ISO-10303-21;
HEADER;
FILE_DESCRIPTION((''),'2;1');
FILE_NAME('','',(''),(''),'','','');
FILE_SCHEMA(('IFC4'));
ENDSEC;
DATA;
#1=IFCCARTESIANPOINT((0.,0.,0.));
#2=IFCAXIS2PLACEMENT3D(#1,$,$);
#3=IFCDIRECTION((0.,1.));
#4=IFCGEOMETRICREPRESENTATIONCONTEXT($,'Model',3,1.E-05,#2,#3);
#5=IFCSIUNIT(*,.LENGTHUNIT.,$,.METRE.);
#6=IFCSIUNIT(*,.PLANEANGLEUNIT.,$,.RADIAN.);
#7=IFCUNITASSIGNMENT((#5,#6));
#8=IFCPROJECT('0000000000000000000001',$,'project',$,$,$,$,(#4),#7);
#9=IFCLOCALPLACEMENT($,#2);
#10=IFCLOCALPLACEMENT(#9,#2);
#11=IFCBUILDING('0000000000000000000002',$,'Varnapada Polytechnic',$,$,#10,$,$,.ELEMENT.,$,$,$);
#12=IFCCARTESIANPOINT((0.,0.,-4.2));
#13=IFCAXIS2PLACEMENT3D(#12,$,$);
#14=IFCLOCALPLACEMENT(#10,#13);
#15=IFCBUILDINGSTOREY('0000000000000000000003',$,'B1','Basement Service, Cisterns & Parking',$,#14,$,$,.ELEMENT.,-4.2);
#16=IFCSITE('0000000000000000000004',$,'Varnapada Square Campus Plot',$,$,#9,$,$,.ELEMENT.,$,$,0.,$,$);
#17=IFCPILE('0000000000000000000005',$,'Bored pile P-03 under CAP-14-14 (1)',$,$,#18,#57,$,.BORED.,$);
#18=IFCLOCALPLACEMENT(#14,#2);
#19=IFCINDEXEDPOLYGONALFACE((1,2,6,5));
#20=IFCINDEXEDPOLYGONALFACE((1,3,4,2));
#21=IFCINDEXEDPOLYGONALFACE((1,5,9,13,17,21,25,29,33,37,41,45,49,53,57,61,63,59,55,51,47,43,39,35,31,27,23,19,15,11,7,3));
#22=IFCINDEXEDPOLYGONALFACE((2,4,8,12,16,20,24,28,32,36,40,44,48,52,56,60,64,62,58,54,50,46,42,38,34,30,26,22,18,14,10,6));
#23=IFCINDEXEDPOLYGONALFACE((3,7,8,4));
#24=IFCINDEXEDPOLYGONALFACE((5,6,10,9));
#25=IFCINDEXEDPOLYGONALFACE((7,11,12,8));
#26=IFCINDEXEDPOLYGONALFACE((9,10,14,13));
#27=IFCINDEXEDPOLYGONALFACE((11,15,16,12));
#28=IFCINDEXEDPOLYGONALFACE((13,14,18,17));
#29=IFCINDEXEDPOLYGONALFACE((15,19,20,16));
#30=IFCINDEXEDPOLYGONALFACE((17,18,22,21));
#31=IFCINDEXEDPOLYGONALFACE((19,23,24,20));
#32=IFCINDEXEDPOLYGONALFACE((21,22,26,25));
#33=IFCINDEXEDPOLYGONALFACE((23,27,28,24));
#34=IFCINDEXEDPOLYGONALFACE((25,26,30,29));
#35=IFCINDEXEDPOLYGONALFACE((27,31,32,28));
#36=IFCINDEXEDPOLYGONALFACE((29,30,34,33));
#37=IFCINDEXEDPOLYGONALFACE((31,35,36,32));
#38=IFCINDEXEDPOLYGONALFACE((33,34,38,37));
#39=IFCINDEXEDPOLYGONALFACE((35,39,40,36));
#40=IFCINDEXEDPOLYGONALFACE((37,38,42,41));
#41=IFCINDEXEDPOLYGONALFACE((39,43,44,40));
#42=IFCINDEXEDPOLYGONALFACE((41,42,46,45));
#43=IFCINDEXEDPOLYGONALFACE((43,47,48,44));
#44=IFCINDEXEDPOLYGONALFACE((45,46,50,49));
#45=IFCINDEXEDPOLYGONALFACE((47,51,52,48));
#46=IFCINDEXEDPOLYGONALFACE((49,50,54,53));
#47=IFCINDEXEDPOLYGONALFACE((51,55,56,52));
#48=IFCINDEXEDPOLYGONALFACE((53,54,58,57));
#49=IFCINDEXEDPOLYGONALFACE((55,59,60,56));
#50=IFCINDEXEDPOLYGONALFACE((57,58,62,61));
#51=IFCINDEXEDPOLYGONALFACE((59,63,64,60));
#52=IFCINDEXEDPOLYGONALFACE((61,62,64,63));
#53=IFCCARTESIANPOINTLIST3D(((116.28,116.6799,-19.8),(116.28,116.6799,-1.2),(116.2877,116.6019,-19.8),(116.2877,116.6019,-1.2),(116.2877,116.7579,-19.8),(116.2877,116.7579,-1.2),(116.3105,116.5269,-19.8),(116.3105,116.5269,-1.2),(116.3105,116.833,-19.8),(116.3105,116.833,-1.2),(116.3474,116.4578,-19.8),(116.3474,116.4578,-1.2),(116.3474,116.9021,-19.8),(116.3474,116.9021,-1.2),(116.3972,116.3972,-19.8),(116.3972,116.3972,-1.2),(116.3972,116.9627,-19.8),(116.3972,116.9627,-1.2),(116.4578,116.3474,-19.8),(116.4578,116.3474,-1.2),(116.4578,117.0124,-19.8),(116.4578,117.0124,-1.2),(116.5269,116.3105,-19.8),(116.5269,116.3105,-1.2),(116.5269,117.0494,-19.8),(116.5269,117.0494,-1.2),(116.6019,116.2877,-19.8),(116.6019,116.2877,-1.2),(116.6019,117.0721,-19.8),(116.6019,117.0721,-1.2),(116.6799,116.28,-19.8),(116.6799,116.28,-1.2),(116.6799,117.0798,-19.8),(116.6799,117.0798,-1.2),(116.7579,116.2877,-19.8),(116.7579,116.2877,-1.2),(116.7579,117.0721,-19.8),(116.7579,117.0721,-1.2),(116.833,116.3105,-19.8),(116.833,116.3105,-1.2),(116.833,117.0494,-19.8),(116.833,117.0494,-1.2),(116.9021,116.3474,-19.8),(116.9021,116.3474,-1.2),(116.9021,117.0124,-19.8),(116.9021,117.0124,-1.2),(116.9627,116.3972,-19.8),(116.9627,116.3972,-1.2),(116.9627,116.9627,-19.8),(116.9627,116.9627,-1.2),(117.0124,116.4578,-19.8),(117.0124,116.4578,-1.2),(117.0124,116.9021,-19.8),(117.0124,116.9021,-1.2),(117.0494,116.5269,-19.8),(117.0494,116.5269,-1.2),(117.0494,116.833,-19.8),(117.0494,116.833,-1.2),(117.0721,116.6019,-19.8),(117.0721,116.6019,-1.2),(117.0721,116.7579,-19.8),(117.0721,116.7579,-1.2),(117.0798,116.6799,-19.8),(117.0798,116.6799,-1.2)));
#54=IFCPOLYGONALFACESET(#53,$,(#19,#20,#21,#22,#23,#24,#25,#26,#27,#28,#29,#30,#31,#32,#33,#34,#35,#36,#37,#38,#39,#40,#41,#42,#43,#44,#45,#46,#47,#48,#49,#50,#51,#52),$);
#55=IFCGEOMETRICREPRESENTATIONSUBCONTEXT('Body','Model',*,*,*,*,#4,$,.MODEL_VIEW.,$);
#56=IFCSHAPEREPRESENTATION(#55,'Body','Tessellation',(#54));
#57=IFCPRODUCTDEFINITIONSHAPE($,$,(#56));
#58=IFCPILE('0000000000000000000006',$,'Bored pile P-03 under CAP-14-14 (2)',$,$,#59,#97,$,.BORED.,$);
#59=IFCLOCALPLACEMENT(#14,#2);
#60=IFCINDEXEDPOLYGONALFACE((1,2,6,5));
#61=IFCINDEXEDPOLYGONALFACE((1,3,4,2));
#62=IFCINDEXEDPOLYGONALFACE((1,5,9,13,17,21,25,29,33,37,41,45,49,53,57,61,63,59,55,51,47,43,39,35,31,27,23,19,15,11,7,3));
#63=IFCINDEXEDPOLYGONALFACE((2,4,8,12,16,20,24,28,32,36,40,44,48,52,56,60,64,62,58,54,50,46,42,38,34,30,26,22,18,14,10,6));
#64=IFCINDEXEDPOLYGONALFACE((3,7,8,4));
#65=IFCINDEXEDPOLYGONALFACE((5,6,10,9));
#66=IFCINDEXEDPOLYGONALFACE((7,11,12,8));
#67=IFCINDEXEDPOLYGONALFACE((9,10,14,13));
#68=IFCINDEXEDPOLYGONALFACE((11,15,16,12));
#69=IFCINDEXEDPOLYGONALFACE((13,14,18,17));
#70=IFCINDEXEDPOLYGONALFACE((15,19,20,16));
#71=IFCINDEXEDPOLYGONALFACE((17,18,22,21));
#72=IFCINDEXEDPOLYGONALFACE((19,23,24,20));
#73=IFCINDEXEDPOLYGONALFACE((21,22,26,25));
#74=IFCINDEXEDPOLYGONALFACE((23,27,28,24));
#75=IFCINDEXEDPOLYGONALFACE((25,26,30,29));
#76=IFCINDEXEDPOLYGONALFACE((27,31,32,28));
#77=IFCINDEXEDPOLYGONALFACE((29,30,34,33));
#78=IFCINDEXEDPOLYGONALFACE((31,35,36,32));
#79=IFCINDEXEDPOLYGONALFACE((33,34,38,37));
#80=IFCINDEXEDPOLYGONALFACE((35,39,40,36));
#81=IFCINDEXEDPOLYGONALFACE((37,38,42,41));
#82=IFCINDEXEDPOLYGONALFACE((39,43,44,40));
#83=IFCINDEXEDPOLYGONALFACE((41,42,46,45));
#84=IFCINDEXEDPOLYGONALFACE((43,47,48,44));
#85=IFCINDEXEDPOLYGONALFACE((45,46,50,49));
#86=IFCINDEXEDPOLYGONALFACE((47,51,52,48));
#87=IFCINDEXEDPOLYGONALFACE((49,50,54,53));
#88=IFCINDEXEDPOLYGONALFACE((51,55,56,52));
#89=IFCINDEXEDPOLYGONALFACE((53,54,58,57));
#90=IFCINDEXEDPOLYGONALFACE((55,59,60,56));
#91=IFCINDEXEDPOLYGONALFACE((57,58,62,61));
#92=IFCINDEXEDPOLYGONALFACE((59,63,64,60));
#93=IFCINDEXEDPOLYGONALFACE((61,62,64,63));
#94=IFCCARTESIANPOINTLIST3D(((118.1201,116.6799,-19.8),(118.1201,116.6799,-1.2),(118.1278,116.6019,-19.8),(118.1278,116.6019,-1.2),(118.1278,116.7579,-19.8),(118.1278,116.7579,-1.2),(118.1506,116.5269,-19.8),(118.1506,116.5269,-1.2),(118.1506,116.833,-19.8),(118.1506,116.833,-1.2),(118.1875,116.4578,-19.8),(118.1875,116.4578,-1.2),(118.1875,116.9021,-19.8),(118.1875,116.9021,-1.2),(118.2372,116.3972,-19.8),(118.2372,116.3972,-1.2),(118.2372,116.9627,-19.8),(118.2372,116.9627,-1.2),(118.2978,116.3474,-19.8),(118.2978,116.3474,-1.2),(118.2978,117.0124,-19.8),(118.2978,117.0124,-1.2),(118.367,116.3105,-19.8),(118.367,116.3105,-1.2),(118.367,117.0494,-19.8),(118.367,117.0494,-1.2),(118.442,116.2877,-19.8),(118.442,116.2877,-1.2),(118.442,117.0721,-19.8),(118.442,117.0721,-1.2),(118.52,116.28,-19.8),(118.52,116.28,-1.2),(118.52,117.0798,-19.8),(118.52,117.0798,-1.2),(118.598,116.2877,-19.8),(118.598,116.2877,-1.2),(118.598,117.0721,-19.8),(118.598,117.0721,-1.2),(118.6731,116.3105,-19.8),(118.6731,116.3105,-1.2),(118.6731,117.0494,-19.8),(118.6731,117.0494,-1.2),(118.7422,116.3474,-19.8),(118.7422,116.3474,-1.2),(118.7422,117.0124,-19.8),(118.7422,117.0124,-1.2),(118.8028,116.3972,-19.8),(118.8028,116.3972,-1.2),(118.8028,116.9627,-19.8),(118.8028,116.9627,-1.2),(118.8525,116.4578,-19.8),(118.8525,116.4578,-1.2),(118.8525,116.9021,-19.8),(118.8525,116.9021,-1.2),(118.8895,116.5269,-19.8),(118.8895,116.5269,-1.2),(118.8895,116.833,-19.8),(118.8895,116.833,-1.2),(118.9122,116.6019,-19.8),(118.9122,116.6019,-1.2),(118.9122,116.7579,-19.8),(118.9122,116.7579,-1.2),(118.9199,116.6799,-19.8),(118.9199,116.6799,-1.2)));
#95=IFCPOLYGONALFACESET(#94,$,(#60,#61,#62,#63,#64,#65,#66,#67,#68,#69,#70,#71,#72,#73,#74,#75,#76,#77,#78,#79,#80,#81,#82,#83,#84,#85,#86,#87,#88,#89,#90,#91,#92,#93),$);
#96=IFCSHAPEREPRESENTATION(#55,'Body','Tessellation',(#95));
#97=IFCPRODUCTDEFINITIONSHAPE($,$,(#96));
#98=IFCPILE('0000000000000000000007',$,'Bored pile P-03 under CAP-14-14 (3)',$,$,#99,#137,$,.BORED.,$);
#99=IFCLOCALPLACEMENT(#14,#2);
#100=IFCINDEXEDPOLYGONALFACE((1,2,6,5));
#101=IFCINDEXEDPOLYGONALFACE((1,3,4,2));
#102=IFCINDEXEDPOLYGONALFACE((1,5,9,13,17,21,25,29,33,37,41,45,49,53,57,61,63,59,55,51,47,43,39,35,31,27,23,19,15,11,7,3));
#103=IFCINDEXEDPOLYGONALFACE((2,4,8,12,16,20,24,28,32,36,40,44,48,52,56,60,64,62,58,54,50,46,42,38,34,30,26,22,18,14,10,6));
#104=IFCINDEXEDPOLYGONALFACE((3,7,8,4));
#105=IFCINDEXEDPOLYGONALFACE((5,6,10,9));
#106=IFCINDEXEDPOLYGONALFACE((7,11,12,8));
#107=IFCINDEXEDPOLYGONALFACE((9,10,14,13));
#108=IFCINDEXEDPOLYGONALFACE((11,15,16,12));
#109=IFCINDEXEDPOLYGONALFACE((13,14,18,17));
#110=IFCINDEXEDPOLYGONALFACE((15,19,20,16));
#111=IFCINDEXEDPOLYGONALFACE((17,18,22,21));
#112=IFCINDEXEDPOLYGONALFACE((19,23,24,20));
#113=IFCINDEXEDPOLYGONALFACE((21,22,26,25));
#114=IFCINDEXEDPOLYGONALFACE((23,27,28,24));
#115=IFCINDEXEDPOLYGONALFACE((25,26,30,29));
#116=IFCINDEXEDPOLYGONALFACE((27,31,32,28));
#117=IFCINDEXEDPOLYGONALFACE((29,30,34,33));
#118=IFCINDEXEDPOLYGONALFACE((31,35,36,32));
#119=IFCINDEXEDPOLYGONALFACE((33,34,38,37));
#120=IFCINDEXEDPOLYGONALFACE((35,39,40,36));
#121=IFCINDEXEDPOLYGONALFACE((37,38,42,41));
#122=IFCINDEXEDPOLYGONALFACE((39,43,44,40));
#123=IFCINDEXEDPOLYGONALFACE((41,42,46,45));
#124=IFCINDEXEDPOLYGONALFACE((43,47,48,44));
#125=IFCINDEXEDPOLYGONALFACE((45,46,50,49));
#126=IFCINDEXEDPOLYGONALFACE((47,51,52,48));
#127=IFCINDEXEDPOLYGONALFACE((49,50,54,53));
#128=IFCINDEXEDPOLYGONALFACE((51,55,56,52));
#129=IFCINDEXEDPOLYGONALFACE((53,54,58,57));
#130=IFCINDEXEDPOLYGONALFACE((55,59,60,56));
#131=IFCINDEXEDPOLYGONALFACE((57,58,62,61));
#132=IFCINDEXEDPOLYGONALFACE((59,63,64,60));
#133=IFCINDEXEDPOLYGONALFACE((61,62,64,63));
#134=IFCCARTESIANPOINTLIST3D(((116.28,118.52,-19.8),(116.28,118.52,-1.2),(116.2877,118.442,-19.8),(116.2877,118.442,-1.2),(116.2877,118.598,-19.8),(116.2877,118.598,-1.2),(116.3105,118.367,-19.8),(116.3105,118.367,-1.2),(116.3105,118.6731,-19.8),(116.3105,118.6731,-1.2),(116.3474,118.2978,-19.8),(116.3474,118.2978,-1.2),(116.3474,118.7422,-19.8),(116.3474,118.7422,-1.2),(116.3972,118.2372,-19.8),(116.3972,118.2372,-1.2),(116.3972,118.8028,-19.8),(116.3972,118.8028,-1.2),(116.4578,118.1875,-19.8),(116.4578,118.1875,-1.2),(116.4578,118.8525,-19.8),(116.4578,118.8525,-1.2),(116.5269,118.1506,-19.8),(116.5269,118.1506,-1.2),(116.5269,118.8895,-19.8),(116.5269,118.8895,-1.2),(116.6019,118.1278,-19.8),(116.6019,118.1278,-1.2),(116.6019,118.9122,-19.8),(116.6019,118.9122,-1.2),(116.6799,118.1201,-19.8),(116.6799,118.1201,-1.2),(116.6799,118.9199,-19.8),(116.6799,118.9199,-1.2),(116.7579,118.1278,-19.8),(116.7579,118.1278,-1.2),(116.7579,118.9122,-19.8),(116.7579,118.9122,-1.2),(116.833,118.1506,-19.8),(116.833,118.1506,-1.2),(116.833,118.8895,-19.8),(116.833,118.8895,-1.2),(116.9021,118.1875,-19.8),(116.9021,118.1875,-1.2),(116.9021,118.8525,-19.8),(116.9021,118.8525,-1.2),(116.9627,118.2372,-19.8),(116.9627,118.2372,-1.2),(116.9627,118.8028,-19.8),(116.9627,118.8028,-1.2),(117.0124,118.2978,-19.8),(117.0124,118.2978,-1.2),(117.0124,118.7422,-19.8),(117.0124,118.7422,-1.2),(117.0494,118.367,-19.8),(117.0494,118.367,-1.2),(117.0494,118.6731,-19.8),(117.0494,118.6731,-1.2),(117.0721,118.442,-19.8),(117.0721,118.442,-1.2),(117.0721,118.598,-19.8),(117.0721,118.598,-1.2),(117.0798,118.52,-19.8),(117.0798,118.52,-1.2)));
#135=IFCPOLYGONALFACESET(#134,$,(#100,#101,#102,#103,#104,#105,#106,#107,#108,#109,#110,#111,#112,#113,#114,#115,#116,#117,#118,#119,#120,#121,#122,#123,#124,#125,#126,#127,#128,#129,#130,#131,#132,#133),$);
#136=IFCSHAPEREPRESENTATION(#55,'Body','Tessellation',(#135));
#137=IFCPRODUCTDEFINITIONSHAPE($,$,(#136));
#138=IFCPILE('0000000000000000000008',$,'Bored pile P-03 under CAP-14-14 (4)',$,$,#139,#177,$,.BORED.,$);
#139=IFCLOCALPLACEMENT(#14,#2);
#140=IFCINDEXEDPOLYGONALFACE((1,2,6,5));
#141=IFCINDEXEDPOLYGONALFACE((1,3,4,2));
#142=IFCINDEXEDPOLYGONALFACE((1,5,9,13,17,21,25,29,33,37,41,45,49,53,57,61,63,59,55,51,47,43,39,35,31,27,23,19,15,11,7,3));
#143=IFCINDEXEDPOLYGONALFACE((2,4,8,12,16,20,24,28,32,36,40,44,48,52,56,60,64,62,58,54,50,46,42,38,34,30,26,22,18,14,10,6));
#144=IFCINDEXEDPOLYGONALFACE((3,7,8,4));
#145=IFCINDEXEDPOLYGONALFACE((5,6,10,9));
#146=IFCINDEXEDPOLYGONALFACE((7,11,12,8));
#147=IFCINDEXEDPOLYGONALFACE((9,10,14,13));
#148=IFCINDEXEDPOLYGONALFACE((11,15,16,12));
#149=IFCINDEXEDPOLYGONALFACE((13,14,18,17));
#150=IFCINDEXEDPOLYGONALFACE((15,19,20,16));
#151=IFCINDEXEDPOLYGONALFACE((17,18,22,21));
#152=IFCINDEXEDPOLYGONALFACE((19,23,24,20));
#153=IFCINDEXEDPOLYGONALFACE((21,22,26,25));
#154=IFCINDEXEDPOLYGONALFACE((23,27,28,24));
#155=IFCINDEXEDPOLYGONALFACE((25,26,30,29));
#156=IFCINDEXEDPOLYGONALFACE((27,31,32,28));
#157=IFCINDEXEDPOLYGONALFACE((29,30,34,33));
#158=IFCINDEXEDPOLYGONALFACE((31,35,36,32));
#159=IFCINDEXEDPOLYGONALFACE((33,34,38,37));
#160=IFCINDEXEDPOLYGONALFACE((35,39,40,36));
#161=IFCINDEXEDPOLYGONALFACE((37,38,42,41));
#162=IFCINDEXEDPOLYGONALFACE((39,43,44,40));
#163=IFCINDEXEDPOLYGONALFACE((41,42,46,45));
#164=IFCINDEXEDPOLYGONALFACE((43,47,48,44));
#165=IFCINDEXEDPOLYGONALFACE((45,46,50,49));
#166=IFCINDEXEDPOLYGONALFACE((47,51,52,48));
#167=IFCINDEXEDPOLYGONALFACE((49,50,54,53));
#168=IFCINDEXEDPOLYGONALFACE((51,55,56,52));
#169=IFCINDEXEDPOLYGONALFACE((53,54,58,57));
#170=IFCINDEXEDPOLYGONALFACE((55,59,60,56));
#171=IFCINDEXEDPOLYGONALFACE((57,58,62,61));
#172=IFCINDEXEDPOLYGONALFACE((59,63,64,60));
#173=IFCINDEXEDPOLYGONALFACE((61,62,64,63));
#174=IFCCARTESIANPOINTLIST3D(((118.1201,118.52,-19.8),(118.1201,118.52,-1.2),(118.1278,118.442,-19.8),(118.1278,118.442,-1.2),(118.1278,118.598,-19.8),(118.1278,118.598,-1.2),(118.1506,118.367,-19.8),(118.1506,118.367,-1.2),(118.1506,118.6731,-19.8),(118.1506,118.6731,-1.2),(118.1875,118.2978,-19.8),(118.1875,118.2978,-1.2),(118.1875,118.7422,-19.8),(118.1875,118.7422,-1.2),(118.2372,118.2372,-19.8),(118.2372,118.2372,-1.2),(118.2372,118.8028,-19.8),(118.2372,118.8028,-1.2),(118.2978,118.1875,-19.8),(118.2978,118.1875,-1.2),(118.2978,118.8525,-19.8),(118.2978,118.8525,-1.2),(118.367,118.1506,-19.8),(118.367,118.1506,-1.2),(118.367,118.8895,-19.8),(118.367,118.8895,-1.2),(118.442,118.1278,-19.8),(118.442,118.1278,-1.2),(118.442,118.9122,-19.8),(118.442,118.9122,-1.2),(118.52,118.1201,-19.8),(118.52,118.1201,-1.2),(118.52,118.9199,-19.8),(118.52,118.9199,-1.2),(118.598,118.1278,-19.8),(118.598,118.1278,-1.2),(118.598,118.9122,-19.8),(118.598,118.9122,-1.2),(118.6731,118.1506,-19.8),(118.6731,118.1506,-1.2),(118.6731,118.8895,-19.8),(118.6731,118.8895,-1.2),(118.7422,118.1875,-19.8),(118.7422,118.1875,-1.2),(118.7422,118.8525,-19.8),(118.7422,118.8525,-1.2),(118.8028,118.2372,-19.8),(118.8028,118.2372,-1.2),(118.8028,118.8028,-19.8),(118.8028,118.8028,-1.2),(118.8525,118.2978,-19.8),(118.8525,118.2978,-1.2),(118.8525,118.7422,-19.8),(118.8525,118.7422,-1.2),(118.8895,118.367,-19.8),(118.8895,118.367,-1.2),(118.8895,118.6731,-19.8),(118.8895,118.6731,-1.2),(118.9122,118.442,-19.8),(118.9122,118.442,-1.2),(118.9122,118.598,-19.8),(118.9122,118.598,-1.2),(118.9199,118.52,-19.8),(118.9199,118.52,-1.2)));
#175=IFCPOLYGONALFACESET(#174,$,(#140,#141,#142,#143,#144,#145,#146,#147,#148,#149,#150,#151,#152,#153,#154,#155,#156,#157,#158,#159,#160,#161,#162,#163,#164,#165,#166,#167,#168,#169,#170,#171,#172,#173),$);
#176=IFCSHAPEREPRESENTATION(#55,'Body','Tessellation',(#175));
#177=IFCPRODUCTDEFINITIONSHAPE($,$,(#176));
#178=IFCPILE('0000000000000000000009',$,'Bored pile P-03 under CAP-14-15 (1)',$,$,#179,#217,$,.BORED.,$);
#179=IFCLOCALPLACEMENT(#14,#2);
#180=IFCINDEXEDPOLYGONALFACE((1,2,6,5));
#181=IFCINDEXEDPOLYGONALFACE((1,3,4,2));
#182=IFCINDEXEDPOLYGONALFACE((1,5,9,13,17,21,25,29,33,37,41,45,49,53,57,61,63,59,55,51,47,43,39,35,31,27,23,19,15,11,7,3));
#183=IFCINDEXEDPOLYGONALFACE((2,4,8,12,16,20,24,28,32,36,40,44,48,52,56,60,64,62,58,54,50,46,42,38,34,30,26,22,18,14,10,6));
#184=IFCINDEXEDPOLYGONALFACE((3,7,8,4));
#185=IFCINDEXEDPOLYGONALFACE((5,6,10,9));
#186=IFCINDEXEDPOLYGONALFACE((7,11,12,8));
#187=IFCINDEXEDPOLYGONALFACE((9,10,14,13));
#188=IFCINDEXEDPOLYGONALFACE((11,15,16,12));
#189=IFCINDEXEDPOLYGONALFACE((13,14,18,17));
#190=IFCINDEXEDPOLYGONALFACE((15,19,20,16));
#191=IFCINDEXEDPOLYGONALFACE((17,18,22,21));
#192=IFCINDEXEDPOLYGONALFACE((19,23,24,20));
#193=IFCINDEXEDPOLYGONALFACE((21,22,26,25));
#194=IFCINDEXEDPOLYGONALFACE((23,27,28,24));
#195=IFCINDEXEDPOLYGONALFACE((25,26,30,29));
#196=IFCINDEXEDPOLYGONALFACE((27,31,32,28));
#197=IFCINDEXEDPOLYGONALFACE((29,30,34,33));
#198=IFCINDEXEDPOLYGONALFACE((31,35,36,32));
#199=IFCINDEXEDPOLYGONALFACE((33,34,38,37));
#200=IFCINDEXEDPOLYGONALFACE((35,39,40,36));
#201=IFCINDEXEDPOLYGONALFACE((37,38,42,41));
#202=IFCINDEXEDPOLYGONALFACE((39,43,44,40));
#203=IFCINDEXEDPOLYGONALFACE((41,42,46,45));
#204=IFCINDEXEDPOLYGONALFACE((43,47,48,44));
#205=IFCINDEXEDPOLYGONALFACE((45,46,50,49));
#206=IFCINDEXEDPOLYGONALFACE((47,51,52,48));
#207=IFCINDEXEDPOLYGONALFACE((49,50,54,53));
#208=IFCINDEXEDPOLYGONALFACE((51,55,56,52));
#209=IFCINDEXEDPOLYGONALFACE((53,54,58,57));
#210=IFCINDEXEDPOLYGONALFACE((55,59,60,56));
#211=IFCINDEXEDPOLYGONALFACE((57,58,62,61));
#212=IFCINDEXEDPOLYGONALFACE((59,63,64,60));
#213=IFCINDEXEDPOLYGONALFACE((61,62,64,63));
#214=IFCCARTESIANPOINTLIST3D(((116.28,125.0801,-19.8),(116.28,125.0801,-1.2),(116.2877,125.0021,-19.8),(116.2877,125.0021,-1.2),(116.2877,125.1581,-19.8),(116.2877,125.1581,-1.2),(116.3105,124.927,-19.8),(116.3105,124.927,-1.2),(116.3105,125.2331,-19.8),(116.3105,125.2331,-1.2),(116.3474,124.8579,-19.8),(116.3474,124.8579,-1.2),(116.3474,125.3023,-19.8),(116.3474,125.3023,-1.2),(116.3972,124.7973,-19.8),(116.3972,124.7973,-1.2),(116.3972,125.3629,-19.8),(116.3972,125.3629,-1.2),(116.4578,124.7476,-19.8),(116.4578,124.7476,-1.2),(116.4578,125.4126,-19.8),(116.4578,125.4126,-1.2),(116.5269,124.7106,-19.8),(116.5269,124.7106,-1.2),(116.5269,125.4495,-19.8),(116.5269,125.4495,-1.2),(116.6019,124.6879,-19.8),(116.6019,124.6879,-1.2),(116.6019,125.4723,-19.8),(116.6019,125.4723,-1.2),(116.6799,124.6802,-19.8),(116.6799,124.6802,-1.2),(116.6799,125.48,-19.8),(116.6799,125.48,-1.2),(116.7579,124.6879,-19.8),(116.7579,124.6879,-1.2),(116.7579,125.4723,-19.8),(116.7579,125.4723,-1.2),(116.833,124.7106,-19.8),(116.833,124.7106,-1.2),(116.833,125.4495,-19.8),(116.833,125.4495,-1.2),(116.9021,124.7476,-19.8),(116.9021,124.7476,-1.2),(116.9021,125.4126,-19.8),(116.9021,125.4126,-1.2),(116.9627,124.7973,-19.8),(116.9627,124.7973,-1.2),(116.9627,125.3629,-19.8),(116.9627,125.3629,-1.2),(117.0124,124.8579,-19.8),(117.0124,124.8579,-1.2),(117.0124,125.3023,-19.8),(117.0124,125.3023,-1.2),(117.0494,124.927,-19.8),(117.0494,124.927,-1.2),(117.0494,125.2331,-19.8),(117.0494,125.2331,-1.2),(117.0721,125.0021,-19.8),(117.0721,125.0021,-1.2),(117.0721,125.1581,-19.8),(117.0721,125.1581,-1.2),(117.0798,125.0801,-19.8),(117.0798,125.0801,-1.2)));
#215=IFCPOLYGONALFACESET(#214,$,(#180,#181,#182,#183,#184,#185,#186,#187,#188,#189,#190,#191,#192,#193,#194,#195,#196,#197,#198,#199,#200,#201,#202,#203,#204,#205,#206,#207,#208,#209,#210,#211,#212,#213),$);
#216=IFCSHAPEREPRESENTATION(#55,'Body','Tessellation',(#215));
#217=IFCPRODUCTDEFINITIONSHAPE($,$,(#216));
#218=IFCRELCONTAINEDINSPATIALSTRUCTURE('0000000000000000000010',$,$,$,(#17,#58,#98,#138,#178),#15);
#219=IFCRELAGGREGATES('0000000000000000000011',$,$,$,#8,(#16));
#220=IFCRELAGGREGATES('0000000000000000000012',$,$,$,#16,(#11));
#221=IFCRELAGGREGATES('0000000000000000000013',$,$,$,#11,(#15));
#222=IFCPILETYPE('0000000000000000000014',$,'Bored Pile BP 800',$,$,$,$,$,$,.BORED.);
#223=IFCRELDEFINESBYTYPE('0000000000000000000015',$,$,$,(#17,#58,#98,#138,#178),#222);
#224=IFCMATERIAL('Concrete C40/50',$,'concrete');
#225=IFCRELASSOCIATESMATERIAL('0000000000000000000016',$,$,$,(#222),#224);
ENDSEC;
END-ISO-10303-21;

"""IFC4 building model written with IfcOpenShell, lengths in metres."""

from ifc_helpers import new_model, si_unit, direction, frame, origin, origin_2d, place, context, subcontext, project, spatial, circle, extrude, material, material_profile, profile_set, type_object, element, save


model = new_model("IFC4")

# Units and contexts
model_context = context("Model", 3, precision=1e-05, world=origin(), true_north=direction((0.0, 1.0)))
body_context = subcontext(model_context, "Body", "Model", "MODEL_VIEW")
ifc_project = project(units=[si_unit("LENGTHUNIT", "METRE"), si_unit("PLANEANGLEUNIT", "RADIAN")], contexts=[model_context])

# Site, building, storey
site_placement = place(None, origin())
site = spatial("IfcSite", under=ifc_project, at=site_placement, Name="Varnapada Square Campus Plot", CompositionType="ELEMENT", RefElevation=0.0)
building_placement = place(site_placement, origin())
building = spatial("IfcBuilding", under=site, at=building_placement, Name="Varnapada Polytechnic", CompositionType="ELEMENT")
storey_placement = place(building_placement, frame((0.0, 0.0, -4.2)))
storey = spatial("IfcBuildingStorey", under=building, at=storey_placement, Name="B1", Description="Basement Service, Cisterns & Parking", CompositionType="ELEMENT", Elevation=-4.2)

# Piles
ifc_material_1 = material(Name="Concrete C40/50", Category="concrete")
ifc_material_profile_1 = material_profile(ifc_material_1, circle(Radius=0.3999, at=origin_2d()), Name="BP 800")
ifc_profile_set_1 = profile_set([ifc_material_profile_1], Name="Concrete C40/50")
pile_type_1 = type_object("IfcPileType", Name="Bored Pile BP 800", PredefinedType="BORED", material=ifc_profile_set_1)
for number, where, z_axis, x_axis, name in (
    (1, (116.6799, 116.6799, -1.2), (0.0, 0.0, -1.0), (1.0, 0.0, 0.0), "Bored pile P-03 under CAP-14-14 (1)"),
    (2, (118.52, 116.6799, -1.2), (0.0, 0.0, -1.0), (1.0, 0.0, 0.0), "Bored pile P-03 under CAP-14-14 (2)"),
    (3, (116.6799, 118.52, -1.2), (0.0, 0.0, -1.0), (1.0, 0.0, 0.0), "Bored pile P-03 under CAP-14-14 (3)"),
    (4, (118.52, 118.52, -1.2), (0.0, 0.0, -1.0), (1.0, 0.0, 0.0), "Bored pile P-03 under CAP-14-14 (4)"),
    (5, (116.6799, 125.0801, -1.2), (0.0, 0.0, -1.0), (1.0, 0.0, 0.0), "Bored pile P-03 under CAP-14-15 (1)"),
):
    element("IfcPile", number, at=place(storey_placement, frame(where, z_axis=z_axis, x_axis=x_axis)), inside=storey, type_object=pile_type_1, Name=name, PredefinedType="BORED", context=body_context, shape_type="SweptSolid", body=[
        extrude(circle(Radius=0.3999, at=origin_2d()), origin(), (0.0, 0.0, 1.0), 18.6001),
    ])

save(model, "model.ifc")
